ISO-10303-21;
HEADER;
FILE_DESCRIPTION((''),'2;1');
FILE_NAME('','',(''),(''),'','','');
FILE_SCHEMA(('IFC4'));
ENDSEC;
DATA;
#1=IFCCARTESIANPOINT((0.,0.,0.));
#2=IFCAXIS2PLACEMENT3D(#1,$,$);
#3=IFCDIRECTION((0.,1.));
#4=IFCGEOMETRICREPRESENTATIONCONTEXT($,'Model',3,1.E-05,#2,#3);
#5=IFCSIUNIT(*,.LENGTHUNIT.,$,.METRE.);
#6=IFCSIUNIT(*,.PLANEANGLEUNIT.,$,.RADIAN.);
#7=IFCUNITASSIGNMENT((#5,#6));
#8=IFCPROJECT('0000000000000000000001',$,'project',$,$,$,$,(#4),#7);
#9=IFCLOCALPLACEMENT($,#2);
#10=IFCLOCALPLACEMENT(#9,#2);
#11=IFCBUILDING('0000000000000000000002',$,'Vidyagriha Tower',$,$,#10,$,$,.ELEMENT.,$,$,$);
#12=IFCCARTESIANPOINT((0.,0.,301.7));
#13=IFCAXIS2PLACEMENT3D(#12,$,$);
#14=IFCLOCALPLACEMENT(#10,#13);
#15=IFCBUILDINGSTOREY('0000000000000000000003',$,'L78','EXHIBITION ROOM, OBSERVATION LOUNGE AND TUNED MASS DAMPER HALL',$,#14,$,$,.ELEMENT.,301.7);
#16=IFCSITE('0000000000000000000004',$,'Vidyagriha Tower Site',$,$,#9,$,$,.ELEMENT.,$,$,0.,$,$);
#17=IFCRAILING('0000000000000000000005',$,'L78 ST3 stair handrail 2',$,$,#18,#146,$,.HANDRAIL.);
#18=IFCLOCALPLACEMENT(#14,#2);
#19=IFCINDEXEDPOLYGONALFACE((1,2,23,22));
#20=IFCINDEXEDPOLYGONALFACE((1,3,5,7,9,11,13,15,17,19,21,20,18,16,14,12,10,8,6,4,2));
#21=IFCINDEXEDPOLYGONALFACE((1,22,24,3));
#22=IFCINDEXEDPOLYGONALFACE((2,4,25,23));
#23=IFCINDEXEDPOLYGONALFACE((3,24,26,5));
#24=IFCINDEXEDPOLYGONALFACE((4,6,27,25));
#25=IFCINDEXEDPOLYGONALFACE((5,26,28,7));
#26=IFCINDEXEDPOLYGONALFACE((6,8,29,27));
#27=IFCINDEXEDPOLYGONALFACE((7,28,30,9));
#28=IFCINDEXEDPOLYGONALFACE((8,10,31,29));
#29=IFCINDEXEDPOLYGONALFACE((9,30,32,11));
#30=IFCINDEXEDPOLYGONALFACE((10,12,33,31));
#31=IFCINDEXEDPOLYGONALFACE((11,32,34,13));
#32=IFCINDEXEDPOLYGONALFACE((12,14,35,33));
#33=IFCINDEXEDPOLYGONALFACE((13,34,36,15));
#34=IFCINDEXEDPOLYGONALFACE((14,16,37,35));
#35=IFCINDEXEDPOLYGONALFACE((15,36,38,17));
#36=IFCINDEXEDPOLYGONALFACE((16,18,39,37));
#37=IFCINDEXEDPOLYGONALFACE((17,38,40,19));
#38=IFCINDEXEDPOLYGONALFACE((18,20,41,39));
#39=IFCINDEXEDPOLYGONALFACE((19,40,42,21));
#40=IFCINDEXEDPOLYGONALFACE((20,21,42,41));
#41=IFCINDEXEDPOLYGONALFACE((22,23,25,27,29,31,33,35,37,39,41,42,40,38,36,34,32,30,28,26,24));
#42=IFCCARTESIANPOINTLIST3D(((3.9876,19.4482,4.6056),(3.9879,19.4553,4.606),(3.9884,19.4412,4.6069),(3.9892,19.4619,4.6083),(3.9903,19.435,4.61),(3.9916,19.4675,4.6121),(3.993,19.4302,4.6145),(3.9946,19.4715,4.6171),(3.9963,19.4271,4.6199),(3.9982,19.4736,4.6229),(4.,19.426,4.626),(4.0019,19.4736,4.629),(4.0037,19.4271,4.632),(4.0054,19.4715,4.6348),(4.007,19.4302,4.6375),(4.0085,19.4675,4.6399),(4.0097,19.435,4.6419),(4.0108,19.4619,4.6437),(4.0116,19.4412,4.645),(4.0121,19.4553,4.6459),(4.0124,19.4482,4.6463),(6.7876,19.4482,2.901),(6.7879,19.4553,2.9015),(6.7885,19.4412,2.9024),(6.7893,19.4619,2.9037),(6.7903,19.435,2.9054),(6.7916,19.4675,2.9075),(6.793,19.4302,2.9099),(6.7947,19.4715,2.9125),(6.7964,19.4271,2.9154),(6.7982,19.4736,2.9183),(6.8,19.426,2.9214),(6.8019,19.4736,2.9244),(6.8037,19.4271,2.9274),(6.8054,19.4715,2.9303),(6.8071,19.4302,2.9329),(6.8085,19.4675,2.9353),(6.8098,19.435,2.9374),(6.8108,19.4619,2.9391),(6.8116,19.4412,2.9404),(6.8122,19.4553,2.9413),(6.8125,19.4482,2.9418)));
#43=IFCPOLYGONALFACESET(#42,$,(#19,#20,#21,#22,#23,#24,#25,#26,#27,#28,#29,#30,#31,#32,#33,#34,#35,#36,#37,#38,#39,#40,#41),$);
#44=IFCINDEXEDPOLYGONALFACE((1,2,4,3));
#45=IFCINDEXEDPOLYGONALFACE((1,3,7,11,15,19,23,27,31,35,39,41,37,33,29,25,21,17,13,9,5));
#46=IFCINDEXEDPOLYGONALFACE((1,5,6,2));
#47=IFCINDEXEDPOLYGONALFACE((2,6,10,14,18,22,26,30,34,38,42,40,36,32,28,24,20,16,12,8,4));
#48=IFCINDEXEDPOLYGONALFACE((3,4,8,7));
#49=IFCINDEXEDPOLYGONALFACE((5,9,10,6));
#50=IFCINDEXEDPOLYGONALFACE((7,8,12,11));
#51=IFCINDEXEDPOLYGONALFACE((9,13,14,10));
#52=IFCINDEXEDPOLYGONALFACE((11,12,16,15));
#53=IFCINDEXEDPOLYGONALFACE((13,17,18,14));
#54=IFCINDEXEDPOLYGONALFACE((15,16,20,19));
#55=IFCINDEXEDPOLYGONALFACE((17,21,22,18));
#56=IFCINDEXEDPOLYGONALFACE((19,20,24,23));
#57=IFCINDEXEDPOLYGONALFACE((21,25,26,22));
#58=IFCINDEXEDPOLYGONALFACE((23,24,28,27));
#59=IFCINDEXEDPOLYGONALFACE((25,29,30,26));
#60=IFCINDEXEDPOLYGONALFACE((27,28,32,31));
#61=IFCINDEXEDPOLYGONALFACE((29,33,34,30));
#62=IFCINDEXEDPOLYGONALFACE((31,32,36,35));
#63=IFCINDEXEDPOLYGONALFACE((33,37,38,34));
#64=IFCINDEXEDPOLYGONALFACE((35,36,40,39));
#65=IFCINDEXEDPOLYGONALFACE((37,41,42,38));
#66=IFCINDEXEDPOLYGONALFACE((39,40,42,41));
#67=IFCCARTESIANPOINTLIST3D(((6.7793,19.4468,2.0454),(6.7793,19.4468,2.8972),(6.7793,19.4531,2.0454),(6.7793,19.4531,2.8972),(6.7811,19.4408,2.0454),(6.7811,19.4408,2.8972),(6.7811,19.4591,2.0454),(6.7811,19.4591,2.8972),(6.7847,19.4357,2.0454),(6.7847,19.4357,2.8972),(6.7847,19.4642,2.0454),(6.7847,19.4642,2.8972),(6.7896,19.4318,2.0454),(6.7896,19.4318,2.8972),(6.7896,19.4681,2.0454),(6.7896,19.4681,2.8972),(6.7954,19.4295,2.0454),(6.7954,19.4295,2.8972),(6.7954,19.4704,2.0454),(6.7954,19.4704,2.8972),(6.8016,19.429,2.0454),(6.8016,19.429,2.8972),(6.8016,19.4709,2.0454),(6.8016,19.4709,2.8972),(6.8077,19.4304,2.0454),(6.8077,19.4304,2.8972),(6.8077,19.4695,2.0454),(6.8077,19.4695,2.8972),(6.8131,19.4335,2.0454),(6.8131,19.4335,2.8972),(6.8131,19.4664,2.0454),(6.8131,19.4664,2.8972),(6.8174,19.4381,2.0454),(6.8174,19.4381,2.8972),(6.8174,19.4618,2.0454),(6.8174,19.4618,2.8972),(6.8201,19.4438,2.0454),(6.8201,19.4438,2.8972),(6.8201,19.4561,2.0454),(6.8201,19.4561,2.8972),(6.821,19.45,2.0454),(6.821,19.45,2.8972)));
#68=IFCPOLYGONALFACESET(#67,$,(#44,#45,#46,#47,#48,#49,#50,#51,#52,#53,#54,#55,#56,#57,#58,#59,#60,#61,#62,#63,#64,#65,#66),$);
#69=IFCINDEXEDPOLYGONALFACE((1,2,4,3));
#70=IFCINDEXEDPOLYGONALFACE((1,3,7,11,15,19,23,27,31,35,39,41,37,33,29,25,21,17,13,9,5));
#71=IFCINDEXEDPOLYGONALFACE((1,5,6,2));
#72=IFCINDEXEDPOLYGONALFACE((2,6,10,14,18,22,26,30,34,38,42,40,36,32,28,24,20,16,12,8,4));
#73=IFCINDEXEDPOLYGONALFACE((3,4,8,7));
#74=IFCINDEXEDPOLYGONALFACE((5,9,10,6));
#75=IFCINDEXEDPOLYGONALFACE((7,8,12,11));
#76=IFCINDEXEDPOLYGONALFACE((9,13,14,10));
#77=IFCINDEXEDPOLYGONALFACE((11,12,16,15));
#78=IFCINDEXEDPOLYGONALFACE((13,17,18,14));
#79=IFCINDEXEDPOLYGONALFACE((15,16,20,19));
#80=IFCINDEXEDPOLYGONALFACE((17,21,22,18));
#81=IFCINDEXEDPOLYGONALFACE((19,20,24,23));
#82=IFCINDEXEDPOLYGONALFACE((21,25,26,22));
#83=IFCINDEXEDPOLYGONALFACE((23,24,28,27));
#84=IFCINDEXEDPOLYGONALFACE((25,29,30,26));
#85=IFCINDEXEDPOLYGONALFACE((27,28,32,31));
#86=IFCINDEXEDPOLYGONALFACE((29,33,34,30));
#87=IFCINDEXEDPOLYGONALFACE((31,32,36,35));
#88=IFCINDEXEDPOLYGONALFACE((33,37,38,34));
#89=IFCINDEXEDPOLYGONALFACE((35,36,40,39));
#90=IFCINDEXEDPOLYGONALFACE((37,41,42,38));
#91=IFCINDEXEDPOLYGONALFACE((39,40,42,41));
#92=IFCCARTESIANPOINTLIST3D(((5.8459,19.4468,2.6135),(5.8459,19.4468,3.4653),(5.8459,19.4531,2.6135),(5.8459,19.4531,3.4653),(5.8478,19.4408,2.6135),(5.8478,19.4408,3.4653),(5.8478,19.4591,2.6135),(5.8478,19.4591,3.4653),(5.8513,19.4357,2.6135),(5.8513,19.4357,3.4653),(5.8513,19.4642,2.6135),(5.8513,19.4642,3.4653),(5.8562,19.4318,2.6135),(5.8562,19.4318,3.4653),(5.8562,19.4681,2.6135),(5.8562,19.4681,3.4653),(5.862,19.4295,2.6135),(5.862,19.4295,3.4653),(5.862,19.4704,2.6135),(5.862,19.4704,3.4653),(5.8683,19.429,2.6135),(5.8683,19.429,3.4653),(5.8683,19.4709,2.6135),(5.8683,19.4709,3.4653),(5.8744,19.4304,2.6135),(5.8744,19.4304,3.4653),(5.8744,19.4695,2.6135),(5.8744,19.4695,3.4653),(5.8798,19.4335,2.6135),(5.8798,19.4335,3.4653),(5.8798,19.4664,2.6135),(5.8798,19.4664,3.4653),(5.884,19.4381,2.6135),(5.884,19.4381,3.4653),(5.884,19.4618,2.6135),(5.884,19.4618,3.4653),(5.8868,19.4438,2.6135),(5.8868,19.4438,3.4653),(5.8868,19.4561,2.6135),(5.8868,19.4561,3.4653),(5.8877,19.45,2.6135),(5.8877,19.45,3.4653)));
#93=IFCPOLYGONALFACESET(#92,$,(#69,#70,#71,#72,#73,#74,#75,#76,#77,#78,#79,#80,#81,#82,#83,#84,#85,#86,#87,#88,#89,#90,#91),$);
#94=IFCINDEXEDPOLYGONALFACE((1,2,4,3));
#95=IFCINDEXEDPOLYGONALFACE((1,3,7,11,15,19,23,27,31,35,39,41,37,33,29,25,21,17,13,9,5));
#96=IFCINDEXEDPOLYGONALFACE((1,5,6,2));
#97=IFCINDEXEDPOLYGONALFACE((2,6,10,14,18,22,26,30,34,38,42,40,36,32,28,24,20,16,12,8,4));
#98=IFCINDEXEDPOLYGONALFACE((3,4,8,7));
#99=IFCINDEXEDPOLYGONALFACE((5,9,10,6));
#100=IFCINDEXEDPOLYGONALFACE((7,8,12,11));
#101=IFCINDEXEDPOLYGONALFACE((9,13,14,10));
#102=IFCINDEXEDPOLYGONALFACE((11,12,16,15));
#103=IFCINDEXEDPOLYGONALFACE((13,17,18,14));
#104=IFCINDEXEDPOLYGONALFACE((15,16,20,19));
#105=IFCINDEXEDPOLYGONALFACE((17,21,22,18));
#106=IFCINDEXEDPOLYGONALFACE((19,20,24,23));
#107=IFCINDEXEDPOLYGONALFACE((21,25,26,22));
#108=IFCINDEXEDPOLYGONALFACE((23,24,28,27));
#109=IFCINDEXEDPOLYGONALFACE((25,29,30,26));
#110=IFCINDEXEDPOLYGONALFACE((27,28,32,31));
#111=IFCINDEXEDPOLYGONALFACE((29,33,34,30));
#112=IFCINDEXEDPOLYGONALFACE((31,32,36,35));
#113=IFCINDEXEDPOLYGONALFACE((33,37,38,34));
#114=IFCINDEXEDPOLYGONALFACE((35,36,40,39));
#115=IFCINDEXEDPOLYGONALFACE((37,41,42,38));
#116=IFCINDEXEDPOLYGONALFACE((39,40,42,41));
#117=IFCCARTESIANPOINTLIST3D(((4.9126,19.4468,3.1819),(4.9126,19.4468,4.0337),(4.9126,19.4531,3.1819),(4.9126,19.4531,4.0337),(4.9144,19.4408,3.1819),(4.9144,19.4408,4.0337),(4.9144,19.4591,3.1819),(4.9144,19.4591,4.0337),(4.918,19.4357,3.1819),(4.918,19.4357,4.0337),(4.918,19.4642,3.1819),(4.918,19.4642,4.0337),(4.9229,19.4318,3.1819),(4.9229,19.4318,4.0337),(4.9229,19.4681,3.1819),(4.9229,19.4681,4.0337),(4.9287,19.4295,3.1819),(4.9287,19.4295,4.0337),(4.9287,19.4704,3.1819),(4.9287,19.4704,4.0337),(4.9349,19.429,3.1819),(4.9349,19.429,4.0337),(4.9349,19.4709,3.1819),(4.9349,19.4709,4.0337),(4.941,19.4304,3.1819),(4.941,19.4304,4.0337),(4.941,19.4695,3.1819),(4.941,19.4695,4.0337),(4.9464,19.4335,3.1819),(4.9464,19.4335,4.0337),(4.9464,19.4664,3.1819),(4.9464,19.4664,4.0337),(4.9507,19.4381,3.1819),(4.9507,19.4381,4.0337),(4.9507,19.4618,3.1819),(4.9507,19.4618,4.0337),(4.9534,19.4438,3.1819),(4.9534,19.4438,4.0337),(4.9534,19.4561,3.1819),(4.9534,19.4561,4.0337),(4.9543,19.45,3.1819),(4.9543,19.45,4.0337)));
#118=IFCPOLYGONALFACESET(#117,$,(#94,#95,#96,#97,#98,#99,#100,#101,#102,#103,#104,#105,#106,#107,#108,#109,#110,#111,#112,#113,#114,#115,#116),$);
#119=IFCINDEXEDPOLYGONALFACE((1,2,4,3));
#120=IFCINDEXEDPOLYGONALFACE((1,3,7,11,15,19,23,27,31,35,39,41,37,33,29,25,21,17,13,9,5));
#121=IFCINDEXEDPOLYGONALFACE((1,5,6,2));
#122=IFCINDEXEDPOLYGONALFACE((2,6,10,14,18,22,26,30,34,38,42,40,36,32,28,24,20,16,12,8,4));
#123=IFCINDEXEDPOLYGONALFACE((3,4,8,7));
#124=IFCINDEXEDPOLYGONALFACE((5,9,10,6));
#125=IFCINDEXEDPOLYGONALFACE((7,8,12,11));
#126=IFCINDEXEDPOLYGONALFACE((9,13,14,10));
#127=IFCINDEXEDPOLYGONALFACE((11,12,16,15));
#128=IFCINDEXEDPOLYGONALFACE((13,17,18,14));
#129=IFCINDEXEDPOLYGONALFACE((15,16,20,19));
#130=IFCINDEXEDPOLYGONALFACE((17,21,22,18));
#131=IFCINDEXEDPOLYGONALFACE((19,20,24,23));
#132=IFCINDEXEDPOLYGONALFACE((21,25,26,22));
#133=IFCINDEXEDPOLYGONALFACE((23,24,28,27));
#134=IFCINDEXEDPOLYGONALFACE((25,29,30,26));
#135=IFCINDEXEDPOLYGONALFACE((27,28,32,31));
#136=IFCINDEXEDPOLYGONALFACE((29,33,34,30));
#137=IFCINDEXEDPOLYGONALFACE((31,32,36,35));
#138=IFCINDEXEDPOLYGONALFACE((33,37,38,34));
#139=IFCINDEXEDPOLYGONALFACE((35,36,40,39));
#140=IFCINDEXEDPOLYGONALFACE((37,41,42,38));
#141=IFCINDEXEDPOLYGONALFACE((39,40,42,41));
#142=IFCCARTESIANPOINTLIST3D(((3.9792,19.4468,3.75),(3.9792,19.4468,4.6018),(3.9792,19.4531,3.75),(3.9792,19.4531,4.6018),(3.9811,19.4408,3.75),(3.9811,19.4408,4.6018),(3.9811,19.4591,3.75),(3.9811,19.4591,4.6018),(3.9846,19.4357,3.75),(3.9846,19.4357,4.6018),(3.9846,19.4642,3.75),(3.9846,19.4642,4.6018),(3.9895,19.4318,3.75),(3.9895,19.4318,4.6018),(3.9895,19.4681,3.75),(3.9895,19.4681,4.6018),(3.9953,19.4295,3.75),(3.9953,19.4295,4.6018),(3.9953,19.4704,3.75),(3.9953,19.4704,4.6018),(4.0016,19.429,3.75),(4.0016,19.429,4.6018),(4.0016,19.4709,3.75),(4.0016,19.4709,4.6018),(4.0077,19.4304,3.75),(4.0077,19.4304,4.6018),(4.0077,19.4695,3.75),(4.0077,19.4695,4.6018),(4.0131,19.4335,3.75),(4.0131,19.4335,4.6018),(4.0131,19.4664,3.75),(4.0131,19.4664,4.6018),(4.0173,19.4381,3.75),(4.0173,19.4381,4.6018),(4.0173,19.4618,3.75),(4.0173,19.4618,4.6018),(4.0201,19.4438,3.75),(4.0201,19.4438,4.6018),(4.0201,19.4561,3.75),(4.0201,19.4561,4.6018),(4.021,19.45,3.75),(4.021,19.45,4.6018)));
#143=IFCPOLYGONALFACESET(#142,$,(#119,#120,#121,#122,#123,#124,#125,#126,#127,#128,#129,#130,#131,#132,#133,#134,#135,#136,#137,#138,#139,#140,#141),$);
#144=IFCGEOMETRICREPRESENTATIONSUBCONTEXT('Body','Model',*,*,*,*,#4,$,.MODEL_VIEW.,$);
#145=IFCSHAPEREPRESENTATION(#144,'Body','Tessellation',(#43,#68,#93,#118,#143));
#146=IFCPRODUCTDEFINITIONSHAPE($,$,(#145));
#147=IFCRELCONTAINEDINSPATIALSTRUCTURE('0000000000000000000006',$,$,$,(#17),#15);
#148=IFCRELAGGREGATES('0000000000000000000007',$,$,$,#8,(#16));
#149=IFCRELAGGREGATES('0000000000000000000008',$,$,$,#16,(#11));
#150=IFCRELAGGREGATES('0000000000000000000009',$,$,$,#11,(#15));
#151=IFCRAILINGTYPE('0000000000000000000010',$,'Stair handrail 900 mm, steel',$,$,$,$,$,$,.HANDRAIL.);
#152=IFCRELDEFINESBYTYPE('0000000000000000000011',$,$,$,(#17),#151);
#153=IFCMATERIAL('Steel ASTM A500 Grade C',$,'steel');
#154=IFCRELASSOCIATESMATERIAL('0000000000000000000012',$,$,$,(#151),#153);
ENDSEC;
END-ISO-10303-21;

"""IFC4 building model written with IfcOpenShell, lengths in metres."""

from ifc_helpers import new_model, si_unit, direction, frame, origin, origin_2d, place, context, subcontext, project, spatial, circle, extrude, material, type_object, element, save


model = new_model("IFC4")

# Units and contexts
model_context = context("Model", 3, precision=1e-05, world=origin(), true_north=direction((0.0, 1.0)))
body_context = subcontext(model_context, "Body", "Model", "MODEL_VIEW")
ifc_project = project(units=[si_unit("LENGTHUNIT", "METRE"), si_unit("PLANEANGLEUNIT", "RADIAN")], contexts=[model_context])

# Site, building, storey
site_placement = place(None, origin())
site = spatial("IfcSite", under=ifc_project, at=site_placement, Name="Vidyagriha Tower Site", CompositionType="ELEMENT", RefElevation=0.0)
building_placement = place(site_placement, origin())
building = spatial("IfcBuilding", under=site, at=building_placement, Name="Vidyagriha Tower", CompositionType="ELEMENT")
storey_placement = place(building_placement, frame((0.0, 0.0, 301.7)))
storey = spatial("IfcBuildingStorey", under=building, at=storey_placement, Name="L78", Description="EXHIBITION ROOM, OBSERVATION LOUNGE AND TUNED MASS DAMPER HALL", CompositionType="ELEMENT", Elevation=301.7)

# Railing
ifc_material_1 = material(Name="Steel ASTM A500 Grade C", Category="steel")
railing_type_1 = type_object("IfcRailingType", Name="Stair handrail 900 mm, steel", PredefinedType="HANDRAIL", material=ifc_material_1)
for number, where, name in (
    (1, (6.8, 19.45, 2.0454), "L78 ST3 stair handrail 2"),
):
    element("IfcRailing", number, at=place(storey_placement, frame(where)), inside=storey, type_object=railing_type_1, Name=name, PredefinedType="HANDRAIL", context=body_context, shape_type="SweptSolid", body=[
        extrude(circle(Radius=0.0239, at=origin_2d()), frame((0.0, 0.0, 0.876), z_axis=(-0.85417, 0.0, 0.519994), x_axis=(0.0, -1.0, 0.0)), (0.0, 0.0, 1.0), 3.2781),
        extrude(circle(Radius=0.021, at=origin_2d()), origin(), (0.0, 0.0, 1.0), 0.8518),
        extrude(circle(Radius=0.021, at=origin_2d()), frame((-0.9333, 0.0, 0.5681)), (0.0, 0.0, 1.0), 0.8518),
        extrude(circle(Radius=0.021, at=origin_2d()), frame((-1.8667, 0.0, 1.1365)), (0.0, 0.0, 1.0), 0.8518),
        extrude(circle(Radius=0.021, at=origin_2d()), frame((-2.8, 0.0, 1.7046)), (0.0, 0.0, 1.0), 0.8518),
    ])

save(model, "model.ifc")
